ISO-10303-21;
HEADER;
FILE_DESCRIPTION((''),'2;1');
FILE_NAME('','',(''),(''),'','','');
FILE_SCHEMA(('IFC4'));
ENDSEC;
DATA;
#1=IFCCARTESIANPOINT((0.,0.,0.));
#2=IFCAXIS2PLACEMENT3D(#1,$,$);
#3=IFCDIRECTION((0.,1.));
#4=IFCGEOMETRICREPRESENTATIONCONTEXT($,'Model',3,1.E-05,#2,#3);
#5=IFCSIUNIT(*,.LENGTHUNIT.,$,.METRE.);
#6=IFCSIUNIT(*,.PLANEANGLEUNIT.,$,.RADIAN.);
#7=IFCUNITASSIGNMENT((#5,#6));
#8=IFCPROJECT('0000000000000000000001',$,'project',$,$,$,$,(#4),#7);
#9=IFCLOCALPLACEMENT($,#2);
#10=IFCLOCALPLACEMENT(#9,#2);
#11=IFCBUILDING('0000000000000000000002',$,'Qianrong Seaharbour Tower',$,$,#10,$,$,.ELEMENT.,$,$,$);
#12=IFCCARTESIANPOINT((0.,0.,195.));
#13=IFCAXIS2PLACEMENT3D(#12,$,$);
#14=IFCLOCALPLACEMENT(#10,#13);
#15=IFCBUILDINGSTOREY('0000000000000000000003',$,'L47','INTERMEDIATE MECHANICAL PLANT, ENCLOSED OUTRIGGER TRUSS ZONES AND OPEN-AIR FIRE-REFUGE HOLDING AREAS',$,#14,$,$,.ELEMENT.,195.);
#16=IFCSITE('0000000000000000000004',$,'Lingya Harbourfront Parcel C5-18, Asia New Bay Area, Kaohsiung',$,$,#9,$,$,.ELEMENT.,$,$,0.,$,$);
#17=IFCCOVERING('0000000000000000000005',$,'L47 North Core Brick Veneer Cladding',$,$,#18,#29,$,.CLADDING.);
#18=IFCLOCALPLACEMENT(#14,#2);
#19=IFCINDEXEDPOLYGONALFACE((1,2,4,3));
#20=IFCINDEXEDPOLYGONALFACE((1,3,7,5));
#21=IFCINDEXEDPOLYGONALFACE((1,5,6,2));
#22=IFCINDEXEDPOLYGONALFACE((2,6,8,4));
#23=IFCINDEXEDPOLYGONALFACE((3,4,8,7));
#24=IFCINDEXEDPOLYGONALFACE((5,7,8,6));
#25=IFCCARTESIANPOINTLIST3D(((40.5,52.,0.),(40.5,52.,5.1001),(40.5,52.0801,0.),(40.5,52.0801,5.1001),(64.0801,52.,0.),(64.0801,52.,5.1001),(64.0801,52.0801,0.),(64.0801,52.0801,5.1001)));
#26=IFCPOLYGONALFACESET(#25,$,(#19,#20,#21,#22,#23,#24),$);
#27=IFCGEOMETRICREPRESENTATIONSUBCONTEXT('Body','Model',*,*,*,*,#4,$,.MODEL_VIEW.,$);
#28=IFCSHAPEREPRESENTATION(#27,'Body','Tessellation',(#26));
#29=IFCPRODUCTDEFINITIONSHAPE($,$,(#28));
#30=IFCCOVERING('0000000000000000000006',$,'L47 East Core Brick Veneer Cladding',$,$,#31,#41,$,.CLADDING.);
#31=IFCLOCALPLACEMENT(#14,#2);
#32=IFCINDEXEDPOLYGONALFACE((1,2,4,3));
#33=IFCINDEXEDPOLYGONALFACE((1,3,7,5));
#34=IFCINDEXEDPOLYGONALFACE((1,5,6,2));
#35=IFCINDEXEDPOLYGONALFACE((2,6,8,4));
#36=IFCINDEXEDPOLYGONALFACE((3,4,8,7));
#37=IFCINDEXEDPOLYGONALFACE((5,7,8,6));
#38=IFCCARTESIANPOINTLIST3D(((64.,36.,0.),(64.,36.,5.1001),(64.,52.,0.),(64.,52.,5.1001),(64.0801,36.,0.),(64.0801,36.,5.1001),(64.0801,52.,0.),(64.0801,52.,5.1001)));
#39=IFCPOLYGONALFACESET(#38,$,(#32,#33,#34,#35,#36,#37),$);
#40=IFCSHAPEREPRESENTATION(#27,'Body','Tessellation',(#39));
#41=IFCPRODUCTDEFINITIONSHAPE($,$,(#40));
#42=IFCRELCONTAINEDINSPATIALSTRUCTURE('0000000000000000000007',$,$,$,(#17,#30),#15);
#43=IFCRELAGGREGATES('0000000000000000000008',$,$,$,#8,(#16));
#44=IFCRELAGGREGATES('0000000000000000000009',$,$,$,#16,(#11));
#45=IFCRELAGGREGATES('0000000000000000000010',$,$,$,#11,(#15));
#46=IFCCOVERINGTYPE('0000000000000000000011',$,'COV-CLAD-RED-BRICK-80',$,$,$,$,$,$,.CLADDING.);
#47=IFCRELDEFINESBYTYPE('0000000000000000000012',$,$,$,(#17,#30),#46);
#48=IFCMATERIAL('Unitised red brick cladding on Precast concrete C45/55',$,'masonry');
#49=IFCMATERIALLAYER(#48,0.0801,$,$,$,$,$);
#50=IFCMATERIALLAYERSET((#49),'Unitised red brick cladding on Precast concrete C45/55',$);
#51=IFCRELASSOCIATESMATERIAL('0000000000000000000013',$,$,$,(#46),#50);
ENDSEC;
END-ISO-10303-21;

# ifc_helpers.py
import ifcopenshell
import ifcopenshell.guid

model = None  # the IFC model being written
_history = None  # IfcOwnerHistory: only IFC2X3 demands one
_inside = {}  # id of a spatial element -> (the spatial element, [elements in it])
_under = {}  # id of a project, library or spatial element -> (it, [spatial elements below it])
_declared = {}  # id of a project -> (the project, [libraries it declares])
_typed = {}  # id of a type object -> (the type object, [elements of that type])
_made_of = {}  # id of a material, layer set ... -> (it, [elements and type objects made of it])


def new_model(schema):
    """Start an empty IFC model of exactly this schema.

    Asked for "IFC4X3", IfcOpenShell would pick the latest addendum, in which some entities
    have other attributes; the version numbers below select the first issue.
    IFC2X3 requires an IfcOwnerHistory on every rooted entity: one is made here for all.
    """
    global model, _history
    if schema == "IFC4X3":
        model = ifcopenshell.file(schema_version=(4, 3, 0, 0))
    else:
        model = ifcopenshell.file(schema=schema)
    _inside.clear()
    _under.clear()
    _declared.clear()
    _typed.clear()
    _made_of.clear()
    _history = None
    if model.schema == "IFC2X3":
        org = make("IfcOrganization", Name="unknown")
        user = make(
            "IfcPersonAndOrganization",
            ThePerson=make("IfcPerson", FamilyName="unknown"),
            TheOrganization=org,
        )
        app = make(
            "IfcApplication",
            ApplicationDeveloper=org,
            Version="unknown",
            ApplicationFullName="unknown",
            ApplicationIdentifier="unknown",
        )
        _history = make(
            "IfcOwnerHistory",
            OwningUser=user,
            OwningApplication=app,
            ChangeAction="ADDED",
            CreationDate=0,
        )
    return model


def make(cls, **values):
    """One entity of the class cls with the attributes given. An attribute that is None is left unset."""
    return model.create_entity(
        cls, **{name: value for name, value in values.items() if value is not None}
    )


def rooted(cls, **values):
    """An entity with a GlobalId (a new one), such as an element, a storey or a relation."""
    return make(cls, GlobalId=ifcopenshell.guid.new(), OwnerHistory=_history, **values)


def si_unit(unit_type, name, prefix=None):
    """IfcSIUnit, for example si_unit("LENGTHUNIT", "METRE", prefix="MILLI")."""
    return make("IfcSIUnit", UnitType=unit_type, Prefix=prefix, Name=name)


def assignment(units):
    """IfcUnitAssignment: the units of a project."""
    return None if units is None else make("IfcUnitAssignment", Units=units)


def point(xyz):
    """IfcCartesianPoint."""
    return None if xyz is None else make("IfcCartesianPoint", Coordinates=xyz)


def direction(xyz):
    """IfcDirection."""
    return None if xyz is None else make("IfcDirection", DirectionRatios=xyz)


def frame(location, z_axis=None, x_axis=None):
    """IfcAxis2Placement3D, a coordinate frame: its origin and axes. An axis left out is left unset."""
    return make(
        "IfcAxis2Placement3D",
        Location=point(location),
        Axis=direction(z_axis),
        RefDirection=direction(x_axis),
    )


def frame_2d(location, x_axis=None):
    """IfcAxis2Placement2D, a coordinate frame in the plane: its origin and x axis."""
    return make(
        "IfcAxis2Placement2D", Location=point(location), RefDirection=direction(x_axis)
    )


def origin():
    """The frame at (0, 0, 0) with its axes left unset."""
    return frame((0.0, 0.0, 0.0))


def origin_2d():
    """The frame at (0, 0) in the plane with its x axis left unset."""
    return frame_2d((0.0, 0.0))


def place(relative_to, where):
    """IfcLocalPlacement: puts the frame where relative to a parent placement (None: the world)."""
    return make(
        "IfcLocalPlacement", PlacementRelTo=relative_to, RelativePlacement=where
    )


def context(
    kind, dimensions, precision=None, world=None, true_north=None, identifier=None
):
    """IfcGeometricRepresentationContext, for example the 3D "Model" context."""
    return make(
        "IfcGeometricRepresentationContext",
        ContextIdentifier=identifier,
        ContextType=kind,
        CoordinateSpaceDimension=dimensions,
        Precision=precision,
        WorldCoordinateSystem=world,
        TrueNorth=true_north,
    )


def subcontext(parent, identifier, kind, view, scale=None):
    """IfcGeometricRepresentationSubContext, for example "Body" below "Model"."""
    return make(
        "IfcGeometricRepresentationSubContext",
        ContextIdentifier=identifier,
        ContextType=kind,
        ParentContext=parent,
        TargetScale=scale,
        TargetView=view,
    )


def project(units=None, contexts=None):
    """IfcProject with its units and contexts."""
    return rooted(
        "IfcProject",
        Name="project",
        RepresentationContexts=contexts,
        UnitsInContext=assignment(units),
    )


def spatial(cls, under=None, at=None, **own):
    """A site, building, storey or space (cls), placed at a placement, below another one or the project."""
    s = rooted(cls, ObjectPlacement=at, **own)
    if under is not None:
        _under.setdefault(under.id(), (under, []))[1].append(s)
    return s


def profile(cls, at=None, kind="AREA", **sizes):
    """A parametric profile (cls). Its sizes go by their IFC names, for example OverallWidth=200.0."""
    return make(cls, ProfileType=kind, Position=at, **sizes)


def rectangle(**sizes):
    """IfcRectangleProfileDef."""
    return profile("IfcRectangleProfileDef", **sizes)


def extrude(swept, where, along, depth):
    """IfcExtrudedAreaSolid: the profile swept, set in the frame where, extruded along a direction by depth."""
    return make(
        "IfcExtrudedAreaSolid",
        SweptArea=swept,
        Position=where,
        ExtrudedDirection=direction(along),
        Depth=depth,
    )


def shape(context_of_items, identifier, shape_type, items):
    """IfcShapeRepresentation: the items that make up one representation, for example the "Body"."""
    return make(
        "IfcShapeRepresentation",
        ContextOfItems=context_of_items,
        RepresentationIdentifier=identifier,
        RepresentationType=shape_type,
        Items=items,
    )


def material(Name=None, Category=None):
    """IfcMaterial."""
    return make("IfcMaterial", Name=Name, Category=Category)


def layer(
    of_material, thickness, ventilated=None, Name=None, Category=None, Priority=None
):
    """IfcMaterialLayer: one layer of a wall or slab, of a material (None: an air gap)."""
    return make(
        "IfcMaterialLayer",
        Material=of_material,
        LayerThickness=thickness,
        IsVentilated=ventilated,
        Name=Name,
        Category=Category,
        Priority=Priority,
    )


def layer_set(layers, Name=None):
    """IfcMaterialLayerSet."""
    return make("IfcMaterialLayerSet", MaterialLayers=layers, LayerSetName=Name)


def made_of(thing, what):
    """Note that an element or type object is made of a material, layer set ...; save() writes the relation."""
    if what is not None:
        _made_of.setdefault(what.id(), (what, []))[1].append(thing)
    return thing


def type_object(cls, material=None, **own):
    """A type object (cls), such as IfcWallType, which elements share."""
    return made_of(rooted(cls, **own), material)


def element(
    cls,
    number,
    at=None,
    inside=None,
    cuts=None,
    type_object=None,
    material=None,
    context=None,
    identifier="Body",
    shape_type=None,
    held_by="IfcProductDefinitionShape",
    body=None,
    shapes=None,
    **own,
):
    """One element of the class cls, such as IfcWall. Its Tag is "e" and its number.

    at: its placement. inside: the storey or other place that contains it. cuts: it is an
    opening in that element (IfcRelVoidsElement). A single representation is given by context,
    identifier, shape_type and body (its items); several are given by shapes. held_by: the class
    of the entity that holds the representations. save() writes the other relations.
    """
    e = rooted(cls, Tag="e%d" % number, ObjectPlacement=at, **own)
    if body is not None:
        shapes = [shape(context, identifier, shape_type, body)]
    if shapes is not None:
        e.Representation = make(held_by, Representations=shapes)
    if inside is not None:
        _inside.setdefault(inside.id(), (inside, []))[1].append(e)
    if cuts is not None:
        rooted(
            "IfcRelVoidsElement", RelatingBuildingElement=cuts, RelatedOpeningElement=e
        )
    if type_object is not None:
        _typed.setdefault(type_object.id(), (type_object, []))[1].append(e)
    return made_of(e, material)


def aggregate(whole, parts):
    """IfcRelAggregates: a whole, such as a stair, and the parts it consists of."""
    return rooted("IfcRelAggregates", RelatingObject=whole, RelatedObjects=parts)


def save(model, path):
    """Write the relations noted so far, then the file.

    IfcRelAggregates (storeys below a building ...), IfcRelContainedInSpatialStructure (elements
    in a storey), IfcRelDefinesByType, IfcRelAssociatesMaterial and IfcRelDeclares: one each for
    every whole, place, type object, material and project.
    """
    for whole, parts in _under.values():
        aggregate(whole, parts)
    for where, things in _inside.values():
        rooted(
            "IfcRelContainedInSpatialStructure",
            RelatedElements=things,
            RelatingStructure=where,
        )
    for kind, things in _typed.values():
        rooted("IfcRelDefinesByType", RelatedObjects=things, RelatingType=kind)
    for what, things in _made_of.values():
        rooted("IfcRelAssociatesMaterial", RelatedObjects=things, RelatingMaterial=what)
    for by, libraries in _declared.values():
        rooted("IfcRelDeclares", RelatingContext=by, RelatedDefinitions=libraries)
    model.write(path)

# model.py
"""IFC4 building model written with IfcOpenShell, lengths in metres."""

from ifc_helpers import new_model, si_unit, direction, frame, origin, origin_2d, place, context, subcontext, project, spatial, rectangle, extrude, material, layer, layer_set, type_object, element, save


model = new_model("IFC4")

# Units and contexts
model_context = context("Model", 3, precision=1e-05, world=origin(), true_north=direction((0.0, 1.0)))
body_context = subcontext(model_context, "Body", "Model", "MODEL_VIEW")
ifc_project = project(units=[si_unit("LENGTHUNIT", "METRE"), si_unit("PLANEANGLEUNIT", "RADIAN")], contexts=[model_context])

# Site, building, storey
site_placement = place(None, origin())
site = spatial("IfcSite", under=ifc_project, at=site_placement, Name="Lingya Harbourfront Parcel C5-18, Asia New Bay Area, Kaohsiung", CompositionType="ELEMENT", RefElevation=0.0)
building_placement = place(site_placement, origin())
building = spatial("IfcBuilding", under=site, at=building_placement, Name="Qianrong Seaharbour Tower", CompositionType="ELEMENT")
storey_placement = place(building_placement, frame((0.0, 0.0, 195.0)))
storey = spatial("IfcBuildingStorey", under=building, at=storey_placement, Name="L47", Description="INTERMEDIATE MECHANICAL PLANT, ENCLOSED OUTRIGGER TRUSS ZONES AND OPEN-AIR FIRE-REFUGE HOLDING AREAS", CompositionType="ELEMENT", Elevation=195.0)

# Coverings
ifc_material_1 = material(Name="Unitised red brick cladding on Precast concrete C45/55", Category="masonry")
ifc_layer_1 = layer(ifc_material_1, 0.0801)
ifc_layer_set_1 = layer_set([ifc_layer_1], Name="Unitised red brick cladding on Precast concrete C45/55")
covering_type = type_object("IfcCoveringType", Name="COV-CLAD-RED-BRICK-80", PredefinedType="CLADDING", material=ifc_layer_set_1)
covering_1_placement = place(storey_placement, frame((52.29, 52.04, 0.0), z_axis=(0.0, 0.0, 1.0), x_axis=(1.0, 0.0, 0.0)))
element("IfcCovering", 1, at=covering_1_placement, inside=storey, type_object=covering_type, Name="L47 North Core Brick Veneer Cladding", PredefinedType="CLADDING", context=body_context, shape_type="SweptSolid", body=[
    extrude(rectangle(XDim=23.5801, YDim=0.0801, at=origin_2d()), origin(), (0.0, 0.0, 1.0), 5.1001),
])
covering_2_placement = place(storey_placement, frame((64.04, 44.0, 0.0), z_axis=(0.0, 0.0, 1.0), x_axis=(1.0, 0.0, 0.0)))
element("IfcCovering", 2, at=covering_2_placement, inside=storey, type_object=covering_type, Name="L47 East Core Brick Veneer Cladding", PredefinedType="CLADDING", context=body_context, shape_type="SweptSolid", body=[
    extrude(rectangle(XDim=0.0801, YDim=16.0, at=origin_2d()), origin(), (0.0, 0.0, 1.0), 5.1001),
])

save(model, "model.ifc")
